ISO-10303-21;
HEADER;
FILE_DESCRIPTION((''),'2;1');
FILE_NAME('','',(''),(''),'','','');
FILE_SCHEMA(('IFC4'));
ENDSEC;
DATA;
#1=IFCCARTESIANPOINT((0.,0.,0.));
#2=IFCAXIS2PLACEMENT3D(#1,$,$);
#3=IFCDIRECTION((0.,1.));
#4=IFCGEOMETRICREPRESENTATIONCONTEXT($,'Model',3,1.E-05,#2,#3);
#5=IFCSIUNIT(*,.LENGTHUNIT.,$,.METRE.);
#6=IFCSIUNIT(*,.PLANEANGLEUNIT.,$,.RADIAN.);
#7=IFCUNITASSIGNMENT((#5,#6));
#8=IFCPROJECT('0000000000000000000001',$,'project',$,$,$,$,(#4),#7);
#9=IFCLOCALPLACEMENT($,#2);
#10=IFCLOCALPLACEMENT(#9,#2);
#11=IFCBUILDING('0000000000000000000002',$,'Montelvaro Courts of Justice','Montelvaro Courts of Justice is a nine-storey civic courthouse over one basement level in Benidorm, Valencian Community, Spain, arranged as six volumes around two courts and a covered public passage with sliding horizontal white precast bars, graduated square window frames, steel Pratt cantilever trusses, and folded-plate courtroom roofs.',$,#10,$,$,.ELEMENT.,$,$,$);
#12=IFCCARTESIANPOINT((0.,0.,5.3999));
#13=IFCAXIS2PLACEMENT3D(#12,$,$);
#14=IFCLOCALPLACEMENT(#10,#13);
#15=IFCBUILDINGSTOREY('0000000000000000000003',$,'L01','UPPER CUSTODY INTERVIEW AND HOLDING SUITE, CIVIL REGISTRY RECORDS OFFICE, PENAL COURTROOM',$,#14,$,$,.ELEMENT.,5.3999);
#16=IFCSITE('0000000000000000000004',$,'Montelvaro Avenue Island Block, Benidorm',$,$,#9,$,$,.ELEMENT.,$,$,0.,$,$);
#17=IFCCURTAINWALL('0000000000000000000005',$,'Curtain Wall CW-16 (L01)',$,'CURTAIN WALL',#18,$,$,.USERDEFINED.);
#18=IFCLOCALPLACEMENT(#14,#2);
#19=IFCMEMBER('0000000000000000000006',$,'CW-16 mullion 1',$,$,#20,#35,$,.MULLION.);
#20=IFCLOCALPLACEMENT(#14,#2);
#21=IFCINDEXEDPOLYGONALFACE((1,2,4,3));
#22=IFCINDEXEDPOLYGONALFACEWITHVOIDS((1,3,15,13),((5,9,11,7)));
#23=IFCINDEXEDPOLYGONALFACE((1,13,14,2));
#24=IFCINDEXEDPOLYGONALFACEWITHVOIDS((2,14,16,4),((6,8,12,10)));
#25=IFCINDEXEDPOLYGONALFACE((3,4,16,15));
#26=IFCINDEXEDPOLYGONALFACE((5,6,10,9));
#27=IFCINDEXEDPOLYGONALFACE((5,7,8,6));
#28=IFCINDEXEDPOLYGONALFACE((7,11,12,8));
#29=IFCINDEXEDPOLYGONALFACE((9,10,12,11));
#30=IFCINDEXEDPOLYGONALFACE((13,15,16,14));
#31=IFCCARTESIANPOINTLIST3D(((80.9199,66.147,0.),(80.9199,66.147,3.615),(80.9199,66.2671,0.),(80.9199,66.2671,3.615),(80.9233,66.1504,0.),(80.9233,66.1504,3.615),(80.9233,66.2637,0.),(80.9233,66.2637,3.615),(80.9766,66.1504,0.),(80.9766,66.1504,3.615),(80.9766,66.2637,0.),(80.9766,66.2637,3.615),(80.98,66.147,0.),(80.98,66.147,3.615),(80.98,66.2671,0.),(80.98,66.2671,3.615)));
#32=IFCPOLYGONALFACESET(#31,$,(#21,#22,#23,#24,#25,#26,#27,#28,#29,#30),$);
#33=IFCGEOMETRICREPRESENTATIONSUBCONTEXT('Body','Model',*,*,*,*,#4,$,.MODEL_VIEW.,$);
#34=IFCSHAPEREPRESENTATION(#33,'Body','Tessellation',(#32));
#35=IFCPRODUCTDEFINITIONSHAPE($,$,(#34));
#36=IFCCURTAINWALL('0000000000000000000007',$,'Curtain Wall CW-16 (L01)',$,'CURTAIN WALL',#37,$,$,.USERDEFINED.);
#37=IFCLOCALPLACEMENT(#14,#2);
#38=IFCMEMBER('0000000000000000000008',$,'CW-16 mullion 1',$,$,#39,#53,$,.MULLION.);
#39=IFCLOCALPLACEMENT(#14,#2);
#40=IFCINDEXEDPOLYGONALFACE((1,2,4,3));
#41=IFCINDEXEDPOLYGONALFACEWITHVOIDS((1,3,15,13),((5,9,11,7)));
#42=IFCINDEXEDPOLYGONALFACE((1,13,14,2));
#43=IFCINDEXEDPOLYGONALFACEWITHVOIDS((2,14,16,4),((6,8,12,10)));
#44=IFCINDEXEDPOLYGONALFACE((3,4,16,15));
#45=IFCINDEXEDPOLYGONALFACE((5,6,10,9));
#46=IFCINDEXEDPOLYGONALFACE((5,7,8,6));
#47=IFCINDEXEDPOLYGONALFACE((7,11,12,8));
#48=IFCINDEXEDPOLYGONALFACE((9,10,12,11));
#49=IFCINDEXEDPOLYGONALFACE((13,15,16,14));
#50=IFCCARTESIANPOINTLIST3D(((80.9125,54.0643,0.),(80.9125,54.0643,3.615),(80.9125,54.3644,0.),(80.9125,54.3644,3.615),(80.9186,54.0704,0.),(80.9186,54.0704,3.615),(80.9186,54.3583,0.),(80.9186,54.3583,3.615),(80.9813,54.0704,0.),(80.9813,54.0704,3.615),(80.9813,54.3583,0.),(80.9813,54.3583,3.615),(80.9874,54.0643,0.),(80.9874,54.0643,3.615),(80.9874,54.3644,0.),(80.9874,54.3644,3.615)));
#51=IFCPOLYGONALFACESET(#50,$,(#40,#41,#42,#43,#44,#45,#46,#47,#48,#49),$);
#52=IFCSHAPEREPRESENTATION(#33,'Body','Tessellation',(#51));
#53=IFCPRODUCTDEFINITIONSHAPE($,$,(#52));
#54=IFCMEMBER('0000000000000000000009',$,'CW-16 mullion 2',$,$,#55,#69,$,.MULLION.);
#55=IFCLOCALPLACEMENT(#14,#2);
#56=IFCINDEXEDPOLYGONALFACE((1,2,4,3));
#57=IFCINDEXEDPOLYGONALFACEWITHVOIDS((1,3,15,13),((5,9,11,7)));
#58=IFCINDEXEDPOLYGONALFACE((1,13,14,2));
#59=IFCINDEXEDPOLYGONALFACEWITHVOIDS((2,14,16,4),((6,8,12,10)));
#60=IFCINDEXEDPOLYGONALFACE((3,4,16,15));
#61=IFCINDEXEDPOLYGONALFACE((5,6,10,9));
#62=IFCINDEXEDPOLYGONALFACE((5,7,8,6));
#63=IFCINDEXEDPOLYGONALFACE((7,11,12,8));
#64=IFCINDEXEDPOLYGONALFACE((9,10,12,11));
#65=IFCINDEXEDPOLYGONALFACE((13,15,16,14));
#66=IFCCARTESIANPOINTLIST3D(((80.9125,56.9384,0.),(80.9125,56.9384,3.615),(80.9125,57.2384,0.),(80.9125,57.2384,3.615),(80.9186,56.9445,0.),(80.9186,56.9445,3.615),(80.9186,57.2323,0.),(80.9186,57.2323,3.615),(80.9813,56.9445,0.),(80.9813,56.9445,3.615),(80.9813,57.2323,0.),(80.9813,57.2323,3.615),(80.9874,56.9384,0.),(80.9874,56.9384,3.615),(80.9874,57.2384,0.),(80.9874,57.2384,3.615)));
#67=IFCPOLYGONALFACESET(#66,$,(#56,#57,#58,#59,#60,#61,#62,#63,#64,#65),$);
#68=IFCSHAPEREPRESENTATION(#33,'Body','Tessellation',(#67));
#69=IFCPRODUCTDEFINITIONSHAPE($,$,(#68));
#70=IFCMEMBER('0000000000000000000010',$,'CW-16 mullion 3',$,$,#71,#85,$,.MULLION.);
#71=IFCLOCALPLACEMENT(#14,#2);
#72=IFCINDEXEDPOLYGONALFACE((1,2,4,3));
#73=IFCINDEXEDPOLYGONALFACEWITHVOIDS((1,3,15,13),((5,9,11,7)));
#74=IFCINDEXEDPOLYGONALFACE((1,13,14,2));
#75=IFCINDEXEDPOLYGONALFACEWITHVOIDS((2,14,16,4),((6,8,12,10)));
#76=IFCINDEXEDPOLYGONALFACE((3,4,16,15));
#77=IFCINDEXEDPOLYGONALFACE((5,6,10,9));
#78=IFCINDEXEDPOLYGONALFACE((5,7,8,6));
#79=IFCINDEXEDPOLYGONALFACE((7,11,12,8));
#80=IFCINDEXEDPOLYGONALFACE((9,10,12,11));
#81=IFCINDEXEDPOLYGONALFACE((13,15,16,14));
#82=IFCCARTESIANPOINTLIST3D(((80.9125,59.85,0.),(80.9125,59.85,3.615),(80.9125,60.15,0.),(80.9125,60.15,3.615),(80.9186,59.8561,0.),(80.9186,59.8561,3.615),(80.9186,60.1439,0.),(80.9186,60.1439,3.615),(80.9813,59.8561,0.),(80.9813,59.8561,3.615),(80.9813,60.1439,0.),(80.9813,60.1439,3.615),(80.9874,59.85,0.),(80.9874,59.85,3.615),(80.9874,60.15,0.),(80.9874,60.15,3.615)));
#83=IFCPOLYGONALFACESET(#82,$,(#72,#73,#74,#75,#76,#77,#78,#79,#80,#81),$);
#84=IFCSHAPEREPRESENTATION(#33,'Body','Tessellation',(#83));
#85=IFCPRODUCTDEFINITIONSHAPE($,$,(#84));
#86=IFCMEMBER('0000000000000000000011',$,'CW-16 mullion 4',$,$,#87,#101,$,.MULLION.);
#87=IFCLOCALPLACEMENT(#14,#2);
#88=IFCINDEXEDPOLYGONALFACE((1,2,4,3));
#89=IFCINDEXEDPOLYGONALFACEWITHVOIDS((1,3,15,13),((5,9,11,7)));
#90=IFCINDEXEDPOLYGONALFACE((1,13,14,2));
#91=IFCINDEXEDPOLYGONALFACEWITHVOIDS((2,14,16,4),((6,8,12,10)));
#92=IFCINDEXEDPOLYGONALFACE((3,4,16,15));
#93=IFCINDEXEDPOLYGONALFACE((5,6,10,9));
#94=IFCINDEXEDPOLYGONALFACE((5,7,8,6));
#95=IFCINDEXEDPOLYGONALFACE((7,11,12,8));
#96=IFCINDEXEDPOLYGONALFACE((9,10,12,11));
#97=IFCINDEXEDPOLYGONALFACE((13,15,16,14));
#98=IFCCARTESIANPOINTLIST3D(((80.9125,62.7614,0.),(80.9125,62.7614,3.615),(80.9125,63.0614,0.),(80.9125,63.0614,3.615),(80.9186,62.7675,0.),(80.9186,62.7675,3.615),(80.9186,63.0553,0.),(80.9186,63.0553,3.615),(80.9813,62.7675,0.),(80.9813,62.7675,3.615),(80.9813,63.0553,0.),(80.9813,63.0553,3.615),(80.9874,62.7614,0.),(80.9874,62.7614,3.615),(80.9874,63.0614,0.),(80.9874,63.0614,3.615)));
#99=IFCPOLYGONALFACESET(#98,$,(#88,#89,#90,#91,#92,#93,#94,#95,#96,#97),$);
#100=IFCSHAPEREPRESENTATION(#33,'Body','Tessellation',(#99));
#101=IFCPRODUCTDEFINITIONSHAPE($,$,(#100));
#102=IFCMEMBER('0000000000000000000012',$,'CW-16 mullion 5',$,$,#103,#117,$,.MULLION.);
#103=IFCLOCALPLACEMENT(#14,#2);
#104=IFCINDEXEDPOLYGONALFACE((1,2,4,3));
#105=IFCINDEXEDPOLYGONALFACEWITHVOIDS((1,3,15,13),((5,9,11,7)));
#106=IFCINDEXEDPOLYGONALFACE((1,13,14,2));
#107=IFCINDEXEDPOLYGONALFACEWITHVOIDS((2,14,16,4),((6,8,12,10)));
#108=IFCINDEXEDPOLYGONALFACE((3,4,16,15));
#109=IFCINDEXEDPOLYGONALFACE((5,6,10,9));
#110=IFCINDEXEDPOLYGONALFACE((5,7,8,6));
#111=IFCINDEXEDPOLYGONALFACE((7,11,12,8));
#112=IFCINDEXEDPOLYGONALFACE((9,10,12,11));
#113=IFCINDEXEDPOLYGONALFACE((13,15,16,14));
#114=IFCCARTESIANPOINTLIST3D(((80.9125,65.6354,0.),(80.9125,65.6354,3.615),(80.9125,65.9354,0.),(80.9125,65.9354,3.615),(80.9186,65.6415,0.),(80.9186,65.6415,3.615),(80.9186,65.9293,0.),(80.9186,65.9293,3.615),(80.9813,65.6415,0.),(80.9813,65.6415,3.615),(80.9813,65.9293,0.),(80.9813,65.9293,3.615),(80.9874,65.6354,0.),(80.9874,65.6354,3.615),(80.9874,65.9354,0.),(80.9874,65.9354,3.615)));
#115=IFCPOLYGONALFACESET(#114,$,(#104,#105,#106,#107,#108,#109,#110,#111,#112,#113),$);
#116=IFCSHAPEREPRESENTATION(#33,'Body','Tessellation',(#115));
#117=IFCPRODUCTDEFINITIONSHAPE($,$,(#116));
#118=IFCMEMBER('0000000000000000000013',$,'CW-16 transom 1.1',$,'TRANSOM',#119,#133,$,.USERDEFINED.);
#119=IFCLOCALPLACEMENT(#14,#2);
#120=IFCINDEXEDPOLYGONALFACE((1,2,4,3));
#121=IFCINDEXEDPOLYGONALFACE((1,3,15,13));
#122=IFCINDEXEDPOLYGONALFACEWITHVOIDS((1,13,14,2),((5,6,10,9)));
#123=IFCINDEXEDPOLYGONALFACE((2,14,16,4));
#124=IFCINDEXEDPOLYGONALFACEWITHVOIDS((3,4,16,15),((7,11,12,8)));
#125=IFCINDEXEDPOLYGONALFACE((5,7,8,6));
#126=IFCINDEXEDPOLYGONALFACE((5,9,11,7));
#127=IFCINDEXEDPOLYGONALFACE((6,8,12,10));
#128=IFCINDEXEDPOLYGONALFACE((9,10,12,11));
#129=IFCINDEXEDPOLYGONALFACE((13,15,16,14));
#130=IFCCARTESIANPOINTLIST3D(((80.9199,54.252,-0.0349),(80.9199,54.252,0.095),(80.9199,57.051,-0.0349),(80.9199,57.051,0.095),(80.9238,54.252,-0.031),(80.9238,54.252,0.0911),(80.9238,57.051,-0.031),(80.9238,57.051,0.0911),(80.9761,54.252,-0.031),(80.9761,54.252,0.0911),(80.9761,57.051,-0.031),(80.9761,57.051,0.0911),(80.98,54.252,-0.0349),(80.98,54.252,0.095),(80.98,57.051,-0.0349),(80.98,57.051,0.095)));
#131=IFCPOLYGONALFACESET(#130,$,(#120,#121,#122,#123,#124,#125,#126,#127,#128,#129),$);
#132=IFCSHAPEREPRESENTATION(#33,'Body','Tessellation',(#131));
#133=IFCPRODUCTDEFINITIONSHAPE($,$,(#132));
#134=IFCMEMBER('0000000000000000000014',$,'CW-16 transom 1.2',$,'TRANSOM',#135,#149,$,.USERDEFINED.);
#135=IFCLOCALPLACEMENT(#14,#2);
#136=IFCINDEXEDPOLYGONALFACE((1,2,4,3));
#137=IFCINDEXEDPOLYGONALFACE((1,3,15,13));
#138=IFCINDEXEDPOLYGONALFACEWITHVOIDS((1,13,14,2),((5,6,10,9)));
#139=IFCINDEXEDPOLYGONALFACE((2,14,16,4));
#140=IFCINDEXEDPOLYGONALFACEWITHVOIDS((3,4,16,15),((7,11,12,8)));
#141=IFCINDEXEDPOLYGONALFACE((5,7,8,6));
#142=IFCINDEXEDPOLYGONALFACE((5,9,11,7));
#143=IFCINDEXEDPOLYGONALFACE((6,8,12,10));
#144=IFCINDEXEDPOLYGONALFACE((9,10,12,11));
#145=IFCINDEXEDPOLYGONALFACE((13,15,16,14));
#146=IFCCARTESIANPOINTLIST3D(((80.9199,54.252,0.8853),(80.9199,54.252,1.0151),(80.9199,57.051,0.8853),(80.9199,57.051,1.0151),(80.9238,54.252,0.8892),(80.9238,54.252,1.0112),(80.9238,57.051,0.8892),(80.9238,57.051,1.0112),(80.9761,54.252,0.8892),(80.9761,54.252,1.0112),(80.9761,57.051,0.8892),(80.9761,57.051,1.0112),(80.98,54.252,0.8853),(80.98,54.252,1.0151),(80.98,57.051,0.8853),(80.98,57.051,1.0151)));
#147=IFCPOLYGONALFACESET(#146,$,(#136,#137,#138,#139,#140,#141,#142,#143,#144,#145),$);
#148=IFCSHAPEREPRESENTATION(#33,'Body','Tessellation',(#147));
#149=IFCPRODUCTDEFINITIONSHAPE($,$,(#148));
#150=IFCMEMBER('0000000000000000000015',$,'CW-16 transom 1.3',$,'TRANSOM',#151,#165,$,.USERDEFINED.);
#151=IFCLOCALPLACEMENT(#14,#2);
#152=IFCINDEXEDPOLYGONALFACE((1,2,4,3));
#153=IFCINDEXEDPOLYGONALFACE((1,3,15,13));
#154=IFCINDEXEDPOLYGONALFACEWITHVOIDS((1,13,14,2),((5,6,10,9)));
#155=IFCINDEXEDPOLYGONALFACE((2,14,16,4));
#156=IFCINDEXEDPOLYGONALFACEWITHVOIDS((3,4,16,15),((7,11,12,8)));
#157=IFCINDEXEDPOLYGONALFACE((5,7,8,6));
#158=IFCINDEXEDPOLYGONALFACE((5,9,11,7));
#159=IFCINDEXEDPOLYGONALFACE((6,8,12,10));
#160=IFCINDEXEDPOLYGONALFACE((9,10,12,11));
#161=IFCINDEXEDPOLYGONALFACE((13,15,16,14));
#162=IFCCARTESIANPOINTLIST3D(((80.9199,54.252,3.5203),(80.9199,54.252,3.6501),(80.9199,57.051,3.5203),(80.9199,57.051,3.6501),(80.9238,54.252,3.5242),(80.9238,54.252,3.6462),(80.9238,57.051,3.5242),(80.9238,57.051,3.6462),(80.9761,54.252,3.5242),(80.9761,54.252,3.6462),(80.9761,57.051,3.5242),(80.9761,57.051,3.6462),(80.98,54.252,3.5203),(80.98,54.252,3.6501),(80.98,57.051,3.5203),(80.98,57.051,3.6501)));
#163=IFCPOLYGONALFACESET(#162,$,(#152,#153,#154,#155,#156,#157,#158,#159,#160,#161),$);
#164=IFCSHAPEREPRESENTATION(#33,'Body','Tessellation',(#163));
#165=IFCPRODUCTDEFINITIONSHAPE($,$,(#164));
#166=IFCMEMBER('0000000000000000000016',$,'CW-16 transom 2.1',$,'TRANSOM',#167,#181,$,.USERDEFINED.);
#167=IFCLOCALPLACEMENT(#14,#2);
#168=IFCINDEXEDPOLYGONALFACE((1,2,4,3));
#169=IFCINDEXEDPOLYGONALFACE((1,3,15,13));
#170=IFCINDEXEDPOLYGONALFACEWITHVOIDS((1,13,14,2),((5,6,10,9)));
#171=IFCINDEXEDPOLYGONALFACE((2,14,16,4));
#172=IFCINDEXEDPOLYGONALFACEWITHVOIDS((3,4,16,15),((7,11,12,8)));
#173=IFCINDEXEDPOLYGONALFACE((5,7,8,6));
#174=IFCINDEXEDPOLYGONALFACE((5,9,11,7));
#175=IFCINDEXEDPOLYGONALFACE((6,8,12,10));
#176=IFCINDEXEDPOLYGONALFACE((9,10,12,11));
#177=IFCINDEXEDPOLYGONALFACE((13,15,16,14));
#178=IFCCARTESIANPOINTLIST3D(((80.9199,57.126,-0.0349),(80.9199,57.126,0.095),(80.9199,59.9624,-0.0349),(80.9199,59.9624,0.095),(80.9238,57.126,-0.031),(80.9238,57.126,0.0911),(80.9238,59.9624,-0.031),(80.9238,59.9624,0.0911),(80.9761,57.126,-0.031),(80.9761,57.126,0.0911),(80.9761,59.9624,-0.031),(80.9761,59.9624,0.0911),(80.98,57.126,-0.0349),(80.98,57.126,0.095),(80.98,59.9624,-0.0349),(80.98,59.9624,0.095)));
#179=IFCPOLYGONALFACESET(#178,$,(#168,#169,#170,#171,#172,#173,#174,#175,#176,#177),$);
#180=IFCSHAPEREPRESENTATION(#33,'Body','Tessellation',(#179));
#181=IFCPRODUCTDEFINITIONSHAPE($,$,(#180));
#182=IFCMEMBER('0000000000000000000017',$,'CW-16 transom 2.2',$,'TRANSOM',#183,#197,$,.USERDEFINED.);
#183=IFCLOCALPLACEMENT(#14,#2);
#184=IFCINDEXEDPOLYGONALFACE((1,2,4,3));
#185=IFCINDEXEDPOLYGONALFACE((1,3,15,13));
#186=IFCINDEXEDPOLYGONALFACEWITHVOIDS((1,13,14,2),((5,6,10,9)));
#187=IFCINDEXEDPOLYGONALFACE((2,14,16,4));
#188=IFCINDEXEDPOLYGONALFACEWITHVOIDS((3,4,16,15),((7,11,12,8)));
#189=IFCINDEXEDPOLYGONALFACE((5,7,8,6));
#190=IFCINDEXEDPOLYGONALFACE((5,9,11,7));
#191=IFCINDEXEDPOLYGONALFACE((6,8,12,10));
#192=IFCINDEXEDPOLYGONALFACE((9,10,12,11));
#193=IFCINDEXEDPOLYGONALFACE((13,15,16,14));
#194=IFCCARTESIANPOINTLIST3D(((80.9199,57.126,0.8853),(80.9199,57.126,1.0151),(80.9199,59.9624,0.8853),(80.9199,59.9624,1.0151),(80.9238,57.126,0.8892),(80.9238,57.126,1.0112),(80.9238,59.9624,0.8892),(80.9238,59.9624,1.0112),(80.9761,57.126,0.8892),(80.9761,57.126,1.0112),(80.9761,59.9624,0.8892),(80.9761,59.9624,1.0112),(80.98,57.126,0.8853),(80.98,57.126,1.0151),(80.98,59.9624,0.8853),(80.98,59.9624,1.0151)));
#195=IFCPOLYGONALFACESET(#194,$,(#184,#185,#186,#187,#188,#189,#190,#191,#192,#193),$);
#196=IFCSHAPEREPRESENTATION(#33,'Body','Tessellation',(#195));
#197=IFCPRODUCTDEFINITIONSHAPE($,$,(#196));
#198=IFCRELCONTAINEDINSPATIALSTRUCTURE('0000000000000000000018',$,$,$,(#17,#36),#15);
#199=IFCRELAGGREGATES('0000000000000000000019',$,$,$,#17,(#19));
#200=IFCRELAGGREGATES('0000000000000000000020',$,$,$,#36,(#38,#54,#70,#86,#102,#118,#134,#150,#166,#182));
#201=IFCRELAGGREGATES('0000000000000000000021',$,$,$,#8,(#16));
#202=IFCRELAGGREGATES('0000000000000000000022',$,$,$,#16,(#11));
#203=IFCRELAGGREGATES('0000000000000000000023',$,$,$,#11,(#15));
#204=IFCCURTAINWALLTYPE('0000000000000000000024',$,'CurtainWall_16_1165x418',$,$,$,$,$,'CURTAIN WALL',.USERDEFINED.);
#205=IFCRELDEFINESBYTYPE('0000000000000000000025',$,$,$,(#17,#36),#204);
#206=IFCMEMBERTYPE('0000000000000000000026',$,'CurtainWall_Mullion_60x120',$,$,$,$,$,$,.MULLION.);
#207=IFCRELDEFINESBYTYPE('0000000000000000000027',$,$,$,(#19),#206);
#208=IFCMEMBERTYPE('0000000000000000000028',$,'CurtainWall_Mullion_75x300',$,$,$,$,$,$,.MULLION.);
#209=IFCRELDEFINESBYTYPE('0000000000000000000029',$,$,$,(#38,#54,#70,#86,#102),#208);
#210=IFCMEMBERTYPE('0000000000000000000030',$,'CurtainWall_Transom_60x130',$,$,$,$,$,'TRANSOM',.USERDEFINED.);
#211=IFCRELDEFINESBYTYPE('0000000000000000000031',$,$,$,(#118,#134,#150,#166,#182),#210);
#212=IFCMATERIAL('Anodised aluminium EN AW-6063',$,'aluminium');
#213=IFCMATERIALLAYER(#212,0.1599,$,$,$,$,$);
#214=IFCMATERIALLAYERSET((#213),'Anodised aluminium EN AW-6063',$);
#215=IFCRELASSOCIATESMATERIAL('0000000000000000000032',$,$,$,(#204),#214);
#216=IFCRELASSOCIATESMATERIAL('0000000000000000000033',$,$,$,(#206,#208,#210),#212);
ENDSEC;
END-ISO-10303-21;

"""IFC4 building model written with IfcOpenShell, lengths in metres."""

from ifc_helpers import new_model, si_unit, direction, frame, origin, origin_2d, place, context, subcontext, project, spatial, hollow_rectangle, extrude, material, layer, layer_set, material_profile, profile_set, type_object, element, aggregate, save


model = new_model("IFC4")

# Units and contexts
model_context = context("Model", 3, precision=1e-05, world=origin(), true_north=direction((0.0, 1.0)))
body_context = subcontext(model_context, "Body", "Model", "MODEL_VIEW")
ifc_project = project(units=[si_unit("LENGTHUNIT", "METRE"), si_unit("PLANEANGLEUNIT", "RADIAN")], contexts=[model_context])

# Site, building, storey
site_placement = place(None, origin())
site = spatial("IfcSite", under=ifc_project, at=site_placement, Name="Montelvaro Avenue Island Block, Benidorm", CompositionType="ELEMENT", RefElevation=0.0)
building_placement = place(site_placement, origin())
building = spatial("IfcBuilding", under=site, at=building_placement, Name="Montelvaro Courts of Justice", Description="Montelvaro Courts of Justice is a nine-storey civic courthouse over one basement level in Benidorm, Valencian Community, Spain, arranged as six volumes around two courts and a covered public passage with sliding horizontal white precast bars, graduated square window frames, steel Pratt cantilever trusses, and folded-plate courtroom roofs.", CompositionType="ELEMENT")
storey_placement = place(building_placement, frame((0.0, 0.0, 5.3999)))
storey = spatial("IfcBuildingStorey", under=building, at=storey_placement, Name="L01", Description="UPPER CUSTODY INTERVIEW AND HOLDING SUITE, CIVIL REGISTRY RECORDS OFFICE, PENAL COURTROOM", CompositionType="ELEMENT", Elevation=5.3999)

# Curtain wall, member
ifc_material_1 = material(Name="Anodised aluminium EN AW-6063", Category="aluminium")
ifc_layer_1 = layer(ifc_material_1, 0.1599)
ifc_layer_set_1 = layer_set([ifc_layer_1], Name="Anodised aluminium EN AW-6063")
curtain_wall_type = type_object("IfcCurtainWallType", Name="CurtainWall_16_1165x418", ElementType="CURTAIN WALL", PredefinedType="USERDEFINED", material=ifc_layer_set_1)
curtain_wall_1_placement = place(storey_placement, origin())
curtain_wall_1 = element("IfcCurtainWall", 1, at=curtain_wall_1_placement, inside=storey, type_object=curtain_wall_type, Name="Curtain Wall CW-16 (L01)", ObjectType="CURTAIN WALL", PredefinedType="USERDEFINED")
ifc_material_profile_1 = material_profile(ifc_material_1, hollow_rectangle(XDim=0.0601, YDim=0.1201, WallThickness=0.0034, at=origin_2d()), Name="ALU-M 60x120")
ifc_profile_set_1 = profile_set([ifc_material_profile_1], Name="Anodised aluminium EN AW-6063")
member_type_1 = type_object("IfcMemberType", Name="CurtainWall_Mullion_60x120", PredefinedType="MULLION", material=ifc_profile_set_1)
member_1_placement = place(storey_placement, frame((80.95, 66.207, 0.0), z_axis=(0.0, 0.0, 1.0), x_axis=(-1.0, 0.0, 0.0)))
member_1 = element("IfcMember", 2, at=member_1_placement, type_object=member_type_1, Name="CW-16 mullion 1", PredefinedType="MULLION", context=body_context, shape_type="SweptSolid", body=[
    extrude(hollow_rectangle(XDim=0.0601, YDim=0.1201, WallThickness=0.0034, at=origin_2d()), origin(), (0.0, 0.0, 1.0), 3.615),
])

# Curtain wall, members
curtain_wall_2_placement = place(storey_placement, origin())
curtain_wall_2 = element("IfcCurtainWall", 3, at=curtain_wall_2_placement, inside=storey, type_object=curtain_wall_type, Name="Curtain Wall CW-16 (L01)", ObjectType="CURTAIN WALL", PredefinedType="USERDEFINED")
ifc_material_profile_2 = material_profile(ifc_material_1, hollow_rectangle(XDim=0.075, YDim=0.3, WallThickness=0.0061, at=origin_2d()), Name="ALU-M 75x300")
ifc_profile_set_2 = profile_set([ifc_material_profile_2], Name="Anodised aluminium EN AW-6063")
member_type_2 = type_object("IfcMemberType", Name="CurtainWall_Mullion_75x300", PredefinedType="MULLION", material=ifc_profile_set_2)
member_2_placement = place(storey_placement, frame((80.95, 54.2144, 0.0), z_axis=(0.0, 0.0, 1.0), x_axis=(-1.0, 0.0, 0.0)))
member_2 = element("IfcMember", 4, at=member_2_placement, type_object=member_type_2, Name="CW-16 mullion 1", PredefinedType="MULLION", context=body_context, shape_type="SweptSolid", body=[
    extrude(hollow_rectangle(XDim=0.075, YDim=0.3, WallThickness=0.0061, at=origin_2d()), origin(), (0.0, 0.0, 1.0), 3.615),
])
member_3_placement = place(storey_placement, frame((80.95, 57.0884, 0.0), z_axis=(0.0, 0.0, 1.0), x_axis=(-1.0, 0.0, 0.0)))
member_3 = element("IfcMember", 5, at=member_3_placement, type_object=member_type_2, Name="CW-16 mullion 2", PredefinedType="MULLION", context=body_context, shape_type="SweptSolid", body=[
    extrude(hollow_rectangle(XDim=0.075, YDim=0.3, WallThickness=0.0061, at=origin_2d()), origin(), (0.0, 0.0, 1.0), 3.615),
])
member_4_placement = place(storey_placement, frame((80.95, 60.0, 0.0), z_axis=(0.0, 0.0, 1.0), x_axis=(-1.0, 0.0, 0.0)))
member_4 = element("IfcMember", 6, at=member_4_placement, type_object=member_type_2, Name="CW-16 mullion 3", PredefinedType="MULLION", context=body_context, shape_type="SweptSolid", body=[
    extrude(hollow_rectangle(XDim=0.075, YDim=0.3, WallThickness=0.0061, at=origin_2d()), origin(), (0.0, 0.0, 1.0), 3.615),
])
member_5_placement = place(storey_placement, frame((80.95, 62.9114, 0.0), z_axis=(0.0, 0.0, 1.0), x_axis=(-1.0, 0.0, 0.0)))
member_5 = element("IfcMember", 7, at=member_5_placement, type_object=member_type_2, Name="CW-16 mullion 4", PredefinedType="MULLION", context=body_context, shape_type="SweptSolid", body=[
    extrude(hollow_rectangle(XDim=0.075, YDim=0.3, WallThickness=0.0061, at=origin_2d()), origin(), (0.0, 0.0, 1.0), 3.615),
])
member_6_placement = place(storey_placement, frame((80.95, 65.7854, 0.0), z_axis=(0.0, 0.0, 1.0), x_axis=(-1.0, 0.0, 0.0)))
member_6 = element("IfcMember", 8, at=member_6_placement, type_object=member_type_2, Name="CW-16 mullion 5", PredefinedType="MULLION", context=body_context, shape_type="SweptSolid", body=[
    extrude(hollow_rectangle(XDim=0.075, YDim=0.3, WallThickness=0.0061, at=origin_2d()), origin(), (0.0, 0.0, 1.0), 3.615),
])
ifc_material_profile_3 = material_profile(ifc_material_1, hollow_rectangle(XDim=0.0601, YDim=0.1299, WallThickness=0.0039, at=origin_2d()), Name="ALU-T 60x130")
ifc_profile_set_3 = profile_set([ifc_material_profile_3], Name="Anodised aluminium EN AW-6063")
member_type_3 = type_object("IfcMemberType", Name="CurtainWall_Transom_60x130", ElementType="TRANSOM", PredefinedType="USERDEFINED", material=ifc_profile_set_3)
member_7_placement = place(storey_placement, frame((80.95, 54.252, 0.03), z_axis=(0.0, 1.0, 0.0), x_axis=(-1.0, 0.0, 0.0)))
member_7 = element("IfcMember", 9, at=member_7_placement, type_object=member_type_3, Name="CW-16 transom 1.1", ObjectType="TRANSOM", PredefinedType="USERDEFINED", context=body_context, shape_type="SweptSolid", body=[
    extrude(hollow_rectangle(XDim=0.0601, YDim=0.1299, WallThickness=0.0039, at=origin_2d()), origin(), (0.0, 0.0, 1.0), 2.7991),
])
member_8_placement = place(storey_placement, frame((80.95, 54.252, 0.9502), z_axis=(0.0, 1.0, 0.0), x_axis=(-1.0, 0.0, 0.0)))
member_8 = element("IfcMember", 10, at=member_8_placement, type_object=member_type_3, Name="CW-16 transom 1.2", ObjectType="TRANSOM", PredefinedType="USERDEFINED", context=body_context, shape_type="SweptSolid", body=[
    extrude(hollow_rectangle(XDim=0.0601, YDim=0.1299, WallThickness=0.0039, at=origin_2d()), origin(), (0.0, 0.0, 1.0), 2.7991),
])
member_9_placement = place(storey_placement, frame((80.95, 54.252, 3.5852), z_axis=(0.0, 1.0, 0.0), x_axis=(-1.0, 0.0, 0.0)))
member_9 = element("IfcMember", 11, at=member_9_placement, type_object=member_type_3, Name="CW-16 transom 1.3", ObjectType="TRANSOM", PredefinedType="USERDEFINED", context=body_context, shape_type="SweptSolid", body=[
    extrude(hollow_rectangle(XDim=0.0601, YDim=0.1299, WallThickness=0.0039, at=origin_2d()), origin(), (0.0, 0.0, 1.0), 2.7991),
])
member_10_placement = place(storey_placement, frame((80.95, 57.126, 0.03), z_axis=(0.0, 1.0, 0.0), x_axis=(-1.0, 0.0, 0.0)))
member_10 = element("IfcMember", 12, at=member_10_placement, type_object=member_type_3, Name="CW-16 transom 2.1", ObjectType="TRANSOM", PredefinedType="USERDEFINED", context=body_context, shape_type="SweptSolid", body=[
    extrude(hollow_rectangle(XDim=0.0601, YDim=0.1299, WallThickness=0.0039, at=origin_2d()), origin(), (0.0, 0.0, 1.0), 2.8364),
])
member_11_placement = place(storey_placement, frame((80.95, 57.126, 0.9502), z_axis=(0.0, 1.0, 0.0), x_axis=(-1.0, 0.0, 0.0)))
member_11 = element("IfcMember", 13, at=member_11_placement, type_object=member_type_3, Name="CW-16 transom 2.2", ObjectType="TRANSOM", PredefinedType="USERDEFINED", context=body_context, shape_type="SweptSolid", body=[
    extrude(hollow_rectangle(XDim=0.0601, YDim=0.1299, WallThickness=0.0039, at=origin_2d()), origin(), (0.0, 0.0, 1.0), 2.8364),
])

aggregate(curtain_wall_1, [member_1])
aggregate(curtain_wall_2, [member_2, member_3, member_4, member_5, member_6, member_7, member_8, member_9, member_10, member_11])

save(model, "model.ifc")
